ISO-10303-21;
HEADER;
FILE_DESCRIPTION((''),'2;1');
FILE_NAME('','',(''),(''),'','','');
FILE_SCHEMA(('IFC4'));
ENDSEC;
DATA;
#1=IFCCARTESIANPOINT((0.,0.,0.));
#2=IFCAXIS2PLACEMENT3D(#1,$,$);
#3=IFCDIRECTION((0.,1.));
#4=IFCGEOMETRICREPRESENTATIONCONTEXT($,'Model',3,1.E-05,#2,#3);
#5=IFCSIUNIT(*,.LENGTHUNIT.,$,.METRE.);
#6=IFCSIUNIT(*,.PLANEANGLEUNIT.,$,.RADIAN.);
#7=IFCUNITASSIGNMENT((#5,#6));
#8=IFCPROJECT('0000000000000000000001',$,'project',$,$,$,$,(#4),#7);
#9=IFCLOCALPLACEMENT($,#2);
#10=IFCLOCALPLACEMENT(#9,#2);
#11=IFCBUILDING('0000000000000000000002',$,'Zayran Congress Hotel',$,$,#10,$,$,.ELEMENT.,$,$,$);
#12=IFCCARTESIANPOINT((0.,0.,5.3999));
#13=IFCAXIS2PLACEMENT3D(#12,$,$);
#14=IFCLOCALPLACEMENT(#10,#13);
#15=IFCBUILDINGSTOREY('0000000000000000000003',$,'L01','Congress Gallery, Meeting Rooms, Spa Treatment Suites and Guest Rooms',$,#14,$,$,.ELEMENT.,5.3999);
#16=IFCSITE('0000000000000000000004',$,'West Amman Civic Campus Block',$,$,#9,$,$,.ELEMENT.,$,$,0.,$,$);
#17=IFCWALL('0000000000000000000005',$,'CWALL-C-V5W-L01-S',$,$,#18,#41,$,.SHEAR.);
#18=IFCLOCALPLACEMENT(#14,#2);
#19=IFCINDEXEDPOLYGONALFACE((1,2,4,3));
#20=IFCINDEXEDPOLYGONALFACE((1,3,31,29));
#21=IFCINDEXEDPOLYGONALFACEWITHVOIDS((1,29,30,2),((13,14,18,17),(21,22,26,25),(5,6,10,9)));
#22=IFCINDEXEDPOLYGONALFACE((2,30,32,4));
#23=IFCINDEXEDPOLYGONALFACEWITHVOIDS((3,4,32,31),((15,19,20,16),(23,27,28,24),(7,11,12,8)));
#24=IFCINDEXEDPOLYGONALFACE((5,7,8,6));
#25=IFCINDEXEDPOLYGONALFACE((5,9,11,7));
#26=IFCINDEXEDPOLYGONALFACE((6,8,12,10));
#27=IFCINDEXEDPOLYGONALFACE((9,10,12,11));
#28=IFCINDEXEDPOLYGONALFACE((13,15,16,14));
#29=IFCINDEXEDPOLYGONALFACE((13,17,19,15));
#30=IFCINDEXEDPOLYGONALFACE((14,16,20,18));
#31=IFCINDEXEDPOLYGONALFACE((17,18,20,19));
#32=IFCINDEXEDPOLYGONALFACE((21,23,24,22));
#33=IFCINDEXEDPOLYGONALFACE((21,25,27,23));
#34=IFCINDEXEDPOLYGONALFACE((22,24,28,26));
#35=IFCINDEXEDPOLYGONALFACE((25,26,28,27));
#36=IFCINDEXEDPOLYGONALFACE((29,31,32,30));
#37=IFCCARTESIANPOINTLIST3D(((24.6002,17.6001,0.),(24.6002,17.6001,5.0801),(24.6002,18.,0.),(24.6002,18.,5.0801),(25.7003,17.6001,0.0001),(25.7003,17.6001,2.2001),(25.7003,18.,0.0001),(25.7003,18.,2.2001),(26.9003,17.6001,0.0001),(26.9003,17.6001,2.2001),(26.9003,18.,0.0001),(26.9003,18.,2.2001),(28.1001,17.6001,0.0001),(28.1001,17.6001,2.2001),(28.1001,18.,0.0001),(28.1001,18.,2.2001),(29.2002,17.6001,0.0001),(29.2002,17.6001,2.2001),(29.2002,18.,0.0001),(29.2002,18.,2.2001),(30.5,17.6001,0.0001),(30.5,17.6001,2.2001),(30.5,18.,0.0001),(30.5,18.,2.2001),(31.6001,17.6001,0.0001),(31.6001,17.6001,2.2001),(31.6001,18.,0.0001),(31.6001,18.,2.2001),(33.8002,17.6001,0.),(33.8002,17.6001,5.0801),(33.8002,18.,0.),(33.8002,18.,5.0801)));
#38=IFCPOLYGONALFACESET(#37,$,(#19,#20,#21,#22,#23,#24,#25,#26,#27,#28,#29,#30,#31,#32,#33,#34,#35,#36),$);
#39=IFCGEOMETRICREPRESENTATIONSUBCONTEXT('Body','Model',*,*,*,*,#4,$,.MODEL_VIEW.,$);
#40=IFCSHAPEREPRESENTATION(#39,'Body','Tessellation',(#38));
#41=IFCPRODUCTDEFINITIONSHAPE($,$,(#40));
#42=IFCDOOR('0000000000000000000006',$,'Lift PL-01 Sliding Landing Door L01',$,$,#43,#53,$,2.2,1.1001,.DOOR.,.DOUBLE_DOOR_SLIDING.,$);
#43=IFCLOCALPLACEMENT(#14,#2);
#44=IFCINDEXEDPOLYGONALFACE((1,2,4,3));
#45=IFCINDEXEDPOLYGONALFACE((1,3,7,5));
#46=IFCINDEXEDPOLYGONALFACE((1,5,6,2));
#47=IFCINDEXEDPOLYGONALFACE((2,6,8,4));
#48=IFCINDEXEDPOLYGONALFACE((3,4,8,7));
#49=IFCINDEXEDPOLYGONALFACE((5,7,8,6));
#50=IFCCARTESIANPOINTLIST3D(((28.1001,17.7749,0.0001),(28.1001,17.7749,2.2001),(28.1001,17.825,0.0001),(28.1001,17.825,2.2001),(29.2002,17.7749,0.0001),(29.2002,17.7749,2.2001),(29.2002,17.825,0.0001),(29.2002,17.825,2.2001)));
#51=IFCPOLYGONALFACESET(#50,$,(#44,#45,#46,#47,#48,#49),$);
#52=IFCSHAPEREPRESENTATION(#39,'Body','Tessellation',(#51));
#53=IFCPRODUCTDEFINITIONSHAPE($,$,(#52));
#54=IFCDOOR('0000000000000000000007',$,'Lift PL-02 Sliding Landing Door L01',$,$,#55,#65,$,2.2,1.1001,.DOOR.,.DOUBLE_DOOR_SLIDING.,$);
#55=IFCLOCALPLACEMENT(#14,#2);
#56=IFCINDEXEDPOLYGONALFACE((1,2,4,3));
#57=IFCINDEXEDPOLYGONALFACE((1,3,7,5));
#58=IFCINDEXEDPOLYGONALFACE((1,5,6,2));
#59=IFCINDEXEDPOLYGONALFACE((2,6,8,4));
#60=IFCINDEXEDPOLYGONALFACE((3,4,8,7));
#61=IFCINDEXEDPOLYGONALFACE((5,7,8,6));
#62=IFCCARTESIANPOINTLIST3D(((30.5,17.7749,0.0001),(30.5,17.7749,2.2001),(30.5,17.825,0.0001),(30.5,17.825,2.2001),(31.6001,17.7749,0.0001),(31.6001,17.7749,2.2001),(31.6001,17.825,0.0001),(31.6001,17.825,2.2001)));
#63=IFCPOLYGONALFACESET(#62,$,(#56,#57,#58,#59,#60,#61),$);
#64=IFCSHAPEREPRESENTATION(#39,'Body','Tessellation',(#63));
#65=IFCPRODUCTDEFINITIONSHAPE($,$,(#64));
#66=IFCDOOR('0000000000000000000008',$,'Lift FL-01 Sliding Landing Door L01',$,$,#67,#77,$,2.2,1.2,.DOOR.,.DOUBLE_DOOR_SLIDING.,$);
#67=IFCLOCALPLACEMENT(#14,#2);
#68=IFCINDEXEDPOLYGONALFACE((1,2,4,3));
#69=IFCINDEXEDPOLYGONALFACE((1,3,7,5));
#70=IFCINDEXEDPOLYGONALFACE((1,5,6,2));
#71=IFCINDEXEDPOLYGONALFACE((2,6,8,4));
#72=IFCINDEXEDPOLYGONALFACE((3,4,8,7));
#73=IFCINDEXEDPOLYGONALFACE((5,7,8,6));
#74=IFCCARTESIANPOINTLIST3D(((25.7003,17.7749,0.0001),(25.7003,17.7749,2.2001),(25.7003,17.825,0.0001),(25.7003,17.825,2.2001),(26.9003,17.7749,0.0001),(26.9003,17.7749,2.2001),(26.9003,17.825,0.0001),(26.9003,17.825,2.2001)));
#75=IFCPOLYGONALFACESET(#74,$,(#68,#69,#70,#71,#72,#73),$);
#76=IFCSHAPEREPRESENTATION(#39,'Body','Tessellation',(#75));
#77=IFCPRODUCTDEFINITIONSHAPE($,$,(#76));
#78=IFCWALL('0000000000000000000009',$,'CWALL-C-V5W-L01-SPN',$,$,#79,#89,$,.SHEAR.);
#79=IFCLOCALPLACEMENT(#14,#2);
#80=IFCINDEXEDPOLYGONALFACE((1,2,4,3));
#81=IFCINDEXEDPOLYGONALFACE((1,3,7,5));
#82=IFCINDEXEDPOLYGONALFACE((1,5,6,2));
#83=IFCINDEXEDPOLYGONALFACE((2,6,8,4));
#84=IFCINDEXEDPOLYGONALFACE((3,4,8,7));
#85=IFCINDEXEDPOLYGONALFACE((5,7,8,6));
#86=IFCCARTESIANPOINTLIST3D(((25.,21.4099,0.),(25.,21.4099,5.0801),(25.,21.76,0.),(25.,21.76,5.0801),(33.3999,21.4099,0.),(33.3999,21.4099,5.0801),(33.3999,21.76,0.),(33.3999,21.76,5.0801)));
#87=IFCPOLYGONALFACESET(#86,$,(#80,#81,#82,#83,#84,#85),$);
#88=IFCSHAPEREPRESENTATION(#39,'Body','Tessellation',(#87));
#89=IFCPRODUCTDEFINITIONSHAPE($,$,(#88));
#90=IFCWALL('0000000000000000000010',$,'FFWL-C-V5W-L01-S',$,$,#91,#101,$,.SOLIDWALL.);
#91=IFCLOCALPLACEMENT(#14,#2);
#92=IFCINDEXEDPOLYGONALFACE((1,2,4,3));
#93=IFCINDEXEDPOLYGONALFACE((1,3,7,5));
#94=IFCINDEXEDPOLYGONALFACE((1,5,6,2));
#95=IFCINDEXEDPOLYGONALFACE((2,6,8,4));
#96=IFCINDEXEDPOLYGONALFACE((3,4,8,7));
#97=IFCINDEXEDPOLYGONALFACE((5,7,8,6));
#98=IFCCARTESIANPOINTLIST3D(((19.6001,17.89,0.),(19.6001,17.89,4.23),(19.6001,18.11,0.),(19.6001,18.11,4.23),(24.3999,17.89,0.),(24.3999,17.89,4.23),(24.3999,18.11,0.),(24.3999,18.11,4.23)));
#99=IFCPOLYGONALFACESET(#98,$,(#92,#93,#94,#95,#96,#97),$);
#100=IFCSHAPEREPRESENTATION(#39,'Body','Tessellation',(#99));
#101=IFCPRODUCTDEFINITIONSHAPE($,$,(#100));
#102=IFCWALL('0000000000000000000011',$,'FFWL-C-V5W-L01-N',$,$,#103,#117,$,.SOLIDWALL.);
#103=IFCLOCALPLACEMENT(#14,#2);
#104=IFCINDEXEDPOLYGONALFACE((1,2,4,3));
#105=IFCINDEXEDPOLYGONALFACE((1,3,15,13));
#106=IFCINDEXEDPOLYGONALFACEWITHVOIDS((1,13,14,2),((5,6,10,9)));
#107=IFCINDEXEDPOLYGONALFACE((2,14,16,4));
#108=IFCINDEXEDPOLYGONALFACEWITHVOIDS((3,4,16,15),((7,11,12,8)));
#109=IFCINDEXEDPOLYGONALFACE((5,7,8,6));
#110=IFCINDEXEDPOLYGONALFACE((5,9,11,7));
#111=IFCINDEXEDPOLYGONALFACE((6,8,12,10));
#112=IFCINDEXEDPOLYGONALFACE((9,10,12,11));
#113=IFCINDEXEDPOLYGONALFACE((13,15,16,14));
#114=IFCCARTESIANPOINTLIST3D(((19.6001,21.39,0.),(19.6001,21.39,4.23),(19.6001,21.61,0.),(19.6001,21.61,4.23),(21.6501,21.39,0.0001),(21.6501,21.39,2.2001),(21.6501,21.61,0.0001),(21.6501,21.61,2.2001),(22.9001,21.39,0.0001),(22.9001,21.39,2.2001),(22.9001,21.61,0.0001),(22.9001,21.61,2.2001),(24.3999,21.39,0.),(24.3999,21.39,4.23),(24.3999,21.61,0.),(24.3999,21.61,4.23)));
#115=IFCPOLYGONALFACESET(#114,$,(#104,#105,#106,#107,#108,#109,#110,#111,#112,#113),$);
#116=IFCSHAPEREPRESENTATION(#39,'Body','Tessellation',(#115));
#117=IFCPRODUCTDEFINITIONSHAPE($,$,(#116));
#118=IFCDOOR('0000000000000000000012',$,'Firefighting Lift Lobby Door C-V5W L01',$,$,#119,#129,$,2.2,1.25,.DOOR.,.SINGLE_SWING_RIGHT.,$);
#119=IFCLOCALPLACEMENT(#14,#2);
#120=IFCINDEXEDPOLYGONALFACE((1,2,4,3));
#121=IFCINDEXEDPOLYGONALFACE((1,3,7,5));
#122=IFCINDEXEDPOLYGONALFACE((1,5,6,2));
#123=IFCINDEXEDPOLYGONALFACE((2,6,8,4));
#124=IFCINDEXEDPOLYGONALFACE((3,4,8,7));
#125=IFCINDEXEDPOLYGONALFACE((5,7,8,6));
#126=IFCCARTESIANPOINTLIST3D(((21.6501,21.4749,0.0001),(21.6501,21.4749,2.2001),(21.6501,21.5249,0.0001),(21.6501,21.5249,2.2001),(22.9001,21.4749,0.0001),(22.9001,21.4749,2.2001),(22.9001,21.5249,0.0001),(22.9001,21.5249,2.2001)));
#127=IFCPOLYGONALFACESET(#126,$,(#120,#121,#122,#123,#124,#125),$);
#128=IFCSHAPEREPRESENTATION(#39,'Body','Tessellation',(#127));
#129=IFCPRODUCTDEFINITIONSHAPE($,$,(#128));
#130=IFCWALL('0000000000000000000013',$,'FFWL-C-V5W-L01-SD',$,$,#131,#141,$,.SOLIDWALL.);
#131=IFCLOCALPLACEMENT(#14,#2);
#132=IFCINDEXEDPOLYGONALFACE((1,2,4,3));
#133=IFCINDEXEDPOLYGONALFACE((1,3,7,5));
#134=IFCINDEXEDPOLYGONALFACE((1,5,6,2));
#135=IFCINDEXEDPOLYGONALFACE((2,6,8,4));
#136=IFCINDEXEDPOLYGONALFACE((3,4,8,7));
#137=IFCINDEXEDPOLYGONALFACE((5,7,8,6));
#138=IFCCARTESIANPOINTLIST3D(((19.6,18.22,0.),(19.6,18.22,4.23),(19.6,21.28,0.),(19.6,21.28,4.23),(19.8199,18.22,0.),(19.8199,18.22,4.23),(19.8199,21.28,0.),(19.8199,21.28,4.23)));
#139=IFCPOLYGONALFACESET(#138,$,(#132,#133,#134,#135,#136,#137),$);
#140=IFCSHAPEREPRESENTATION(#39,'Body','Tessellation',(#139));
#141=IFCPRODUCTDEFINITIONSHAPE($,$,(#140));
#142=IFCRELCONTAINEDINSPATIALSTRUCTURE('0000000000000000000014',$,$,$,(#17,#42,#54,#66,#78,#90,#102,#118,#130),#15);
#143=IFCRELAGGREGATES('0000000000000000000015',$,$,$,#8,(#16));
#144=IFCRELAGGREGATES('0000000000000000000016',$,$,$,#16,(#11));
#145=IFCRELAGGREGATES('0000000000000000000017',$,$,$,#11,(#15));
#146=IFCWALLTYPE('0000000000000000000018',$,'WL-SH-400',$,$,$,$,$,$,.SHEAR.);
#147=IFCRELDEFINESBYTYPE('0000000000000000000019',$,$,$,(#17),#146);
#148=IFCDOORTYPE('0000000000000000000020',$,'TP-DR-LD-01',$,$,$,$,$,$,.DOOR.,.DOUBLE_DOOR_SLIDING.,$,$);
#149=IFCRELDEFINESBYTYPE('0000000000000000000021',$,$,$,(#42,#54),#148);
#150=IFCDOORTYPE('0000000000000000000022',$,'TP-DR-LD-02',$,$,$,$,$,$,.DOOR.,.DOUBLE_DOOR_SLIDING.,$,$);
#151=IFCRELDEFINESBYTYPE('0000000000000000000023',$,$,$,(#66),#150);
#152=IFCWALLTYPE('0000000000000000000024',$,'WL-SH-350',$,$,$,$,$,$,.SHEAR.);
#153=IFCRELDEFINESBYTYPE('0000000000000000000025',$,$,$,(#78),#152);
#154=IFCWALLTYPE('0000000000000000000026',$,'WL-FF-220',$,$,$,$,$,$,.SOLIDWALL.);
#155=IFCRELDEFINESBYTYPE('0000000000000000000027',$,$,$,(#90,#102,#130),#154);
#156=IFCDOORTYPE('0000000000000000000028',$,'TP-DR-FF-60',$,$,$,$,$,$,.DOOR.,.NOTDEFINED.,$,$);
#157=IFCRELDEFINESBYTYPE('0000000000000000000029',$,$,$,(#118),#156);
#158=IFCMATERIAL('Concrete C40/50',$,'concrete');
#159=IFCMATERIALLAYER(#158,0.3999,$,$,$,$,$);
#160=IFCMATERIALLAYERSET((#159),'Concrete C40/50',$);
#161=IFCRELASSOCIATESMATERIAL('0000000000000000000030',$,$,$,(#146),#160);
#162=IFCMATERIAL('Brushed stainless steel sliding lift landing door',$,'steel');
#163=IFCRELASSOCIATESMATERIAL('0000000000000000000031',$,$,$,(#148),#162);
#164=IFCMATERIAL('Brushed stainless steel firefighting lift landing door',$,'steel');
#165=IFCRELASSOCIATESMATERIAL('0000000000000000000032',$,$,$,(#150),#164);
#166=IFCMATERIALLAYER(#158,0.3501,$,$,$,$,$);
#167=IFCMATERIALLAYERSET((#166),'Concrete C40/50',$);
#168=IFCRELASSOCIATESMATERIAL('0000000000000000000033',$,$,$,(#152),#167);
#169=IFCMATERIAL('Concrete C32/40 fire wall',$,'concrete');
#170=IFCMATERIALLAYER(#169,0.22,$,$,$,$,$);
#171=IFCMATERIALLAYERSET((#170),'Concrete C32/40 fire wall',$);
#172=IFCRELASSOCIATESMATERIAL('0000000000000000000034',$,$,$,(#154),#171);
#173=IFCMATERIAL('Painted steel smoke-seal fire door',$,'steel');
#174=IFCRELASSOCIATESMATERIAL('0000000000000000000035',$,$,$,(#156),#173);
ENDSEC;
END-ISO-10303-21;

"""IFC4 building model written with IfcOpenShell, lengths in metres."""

from ifc_helpers import new_model, si_unit, direction, frame, frame_2d, origin, place, context, subcontext, project, spatial, rectangle, extrude, material, layer, layer_set, type_object, element, fill, save


model = new_model("IFC4")

# Units and contexts
model_context = context("Model", 3, precision=1e-05, world=origin(), true_north=direction((0.0, 1.0)))
body_context = subcontext(model_context, "Body", "Model", "MODEL_VIEW")
ifc_project = project(units=[si_unit("LENGTHUNIT", "METRE"), si_unit("PLANEANGLEUNIT", "RADIAN")], contexts=[model_context])

# Site, building, storey
site_placement = place(None, origin())
site = spatial("IfcSite", under=ifc_project, at=site_placement, Name="West Amman Civic Campus Block", CompositionType="ELEMENT", RefElevation=0.0)
building_placement = place(site_placement, origin())
building = spatial("IfcBuilding", under=site, at=building_placement, Name="Zayran Congress Hotel", CompositionType="ELEMENT")
storey_placement = place(building_placement, frame((0.0, 0.0, 5.3999)))
storey = spatial("IfcBuildingStorey", under=building, at=storey_placement, Name="L01", Description="Congress Gallery, Meeting Rooms, Spa Treatment Suites and Guest Rooms", CompositionType="ELEMENT", Elevation=5.3999)

# Wall, openings, doors
ifc_material_1 = material(Name="Concrete C40/50", Category="concrete")
ifc_layer_1 = layer(ifc_material_1, 0.3999)
ifc_layer_set_1 = layer_set([ifc_layer_1], Name="Concrete C40/50")
wall_type_1 = type_object("IfcWallType", Name="WL-SH-400", PredefinedType="SHEAR", material=ifc_layer_set_1)
wall_1_placement = place(storey_placement, frame((24.6001, 17.8, 0.0), z_axis=(0.0, 0.0, 1.0), x_axis=(1.0, 0.0, 0.0)))
wall_1 = element("IfcWall", 1, at=wall_1_placement, inside=storey, type_object=wall_type_1, Name="CWALL-C-V5W-L01-S", PredefinedType="SHEAR", context=body_context, shape_type="SweptSolid", body=[
    extrude(rectangle(XDim=9.2, YDim=0.3999, at=frame_2d((4.6001, 0.0))), origin(), (0.0, 0.0, 1.0), 5.0801),
])
opening_1_placement = place(wall_1_placement, frame((1.1001, 0.0, 0.0)))
opening_1 = element("IfcOpeningElement", 2, at=opening_1_placement, cuts=wall_1, PredefinedType="OPENING", context=body_context, shape_type="SweptSolid", body=[
    extrude(rectangle(XDim=1.2, YDim=2.2, at=frame_2d((0.6001, 1.1001))), frame((0.0, 0.21, 0.0), z_axis=(0.0, -1.0, 0.0), x_axis=(1.0, 0.0, 0.0)), (0.0, 0.0, 1.0), 0.4199),
])
opening_2_placement = place(wall_1_placement, frame((3.5, 0.0, 0.0)))
opening_2 = element("IfcOpeningElement", 3, at=opening_2_placement, cuts=wall_1, PredefinedType="OPENING", context=body_context, shape_type="SweptSolid", body=[
    extrude(rectangle(XDim=1.1001, YDim=2.2, at=frame_2d((0.55, 1.1001))), frame((0.0, 0.21, 0.0), z_axis=(0.0, -1.0, 0.0), x_axis=(1.0, 0.0, 0.0)), (0.0, 0.0, 1.0), 0.4199),
])
opening_3_placement = place(wall_1_placement, frame((5.8999, 0.0, 0.0)))
opening_3 = element("IfcOpeningElement", 4, at=opening_3_placement, cuts=wall_1, PredefinedType="OPENING", context=body_context, shape_type="SweptSolid", body=[
    extrude(rectangle(XDim=1.1001, YDim=2.2, at=frame_2d((0.55, 1.1001))), frame((0.0, 0.21, 0.0), z_axis=(0.0, -1.0, 0.0), x_axis=(1.0, 0.0, 0.0)), (0.0, 0.0, 1.0), 0.4199),
])
ifc_material_2 = material(Name="Brushed stainless steel sliding lift landing door", Category="steel")
door_type_1 = type_object("IfcDoorType", Name="TP-DR-LD-01", OperationType="DOUBLE_DOOR_SLIDING", PredefinedType="DOOR", material=ifc_material_2)
door_1_placement = place(opening_2_placement, origin())
door_1 = element("IfcDoor", 5, at=door_1_placement, inside=storey, type_object=door_type_1, Name="Lift PL-01 Sliding Landing Door L01", OperationType="DOUBLE_DOOR_SLIDING", OverallHeight=2.2, OverallWidth=1.1001, PredefinedType="DOOR", context=body_context, shape_type="SweptSolid", body=[
    extrude(rectangle(XDim=1.1001, YDim=2.2, at=frame_2d((0.55, 1.1001))), frame((0.0, 0.0249, 0.0), z_axis=(0.0, -1.0, 0.0), x_axis=(1.0, 0.0, 0.0)), (0.0, 0.0, 1.0), 0.05),
])
fill(opening_2, door_1)
door_2_placement = place(opening_3_placement, origin())
door_2 = element("IfcDoor", 6, at=door_2_placement, inside=storey, type_object=door_type_1, Name="Lift PL-02 Sliding Landing Door L01", OperationType="DOUBLE_DOOR_SLIDING", OverallHeight=2.2, OverallWidth=1.1001, PredefinedType="DOOR", context=body_context, shape_type="SweptSolid", body=[
    extrude(rectangle(XDim=1.1001, YDim=2.2, at=frame_2d((0.55, 1.1001))), frame((0.0, 0.0249, 0.0), z_axis=(0.0, -1.0, 0.0), x_axis=(1.0, 0.0, 0.0)), (0.0, 0.0, 1.0), 0.05),
])
fill(opening_3, door_2)
ifc_material_3 = material(Name="Brushed stainless steel firefighting lift landing door", Category="steel")
door_type_2 = type_object("IfcDoorType", Name="TP-DR-LD-02", OperationType="DOUBLE_DOOR_SLIDING", PredefinedType="DOOR", material=ifc_material_3)
door_3_placement = place(opening_1_placement, origin())
door_3 = element("IfcDoor", 7, at=door_3_placement, inside=storey, type_object=door_type_2, Name="Lift FL-01 Sliding Landing Door L01", OperationType="DOUBLE_DOOR_SLIDING", OverallHeight=2.2, OverallWidth=1.2, PredefinedType="DOOR", context=body_context, shape_type="SweptSolid", body=[
    extrude(rectangle(XDim=1.2, YDim=2.2, at=frame_2d((0.6001, 1.1001))), frame((0.0, 0.0249, 0.0), z_axis=(0.0, -1.0, 0.0), x_axis=(1.0, 0.0, 0.0)), (0.0, 0.0, 1.0), 0.05),
])
fill(opening_1, door_3)

# Walls
ifc_layer_2 = layer(ifc_material_1, 0.3501)
ifc_layer_set_2 = layer_set([ifc_layer_2], Name="Concrete C40/50")
wall_type_2 = type_object("IfcWallType", Name="WL-SH-350", PredefinedType="SHEAR", material=ifc_layer_set_2)
wall_2_placement = place(storey_placement, frame((25.0, 21.585, 0.0), z_axis=(0.0, 0.0, 1.0), x_axis=(1.0, 0.0, 0.0)))
element("IfcWall", 8, at=wall_2_placement, inside=storey, type_object=wall_type_2, Name="CWALL-C-V5W-L01-SPN", PredefinedType="SHEAR", context=body_context, shape_type="SweptSolid", body=[
    extrude(rectangle(XDim=8.3999, YDim=0.3501, at=frame_2d((4.2, 0.0))), origin(), (0.0, 0.0, 1.0), 5.0801),
])
ifc_material_4 = material(Name="Concrete C32/40 fire wall", Category="concrete")
ifc_layer_3 = layer(ifc_material_4, 0.22)
ifc_layer_set_3 = layer_set([ifc_layer_3], Name="Concrete C32/40 fire wall")
wall_type_3 = type_object("IfcWallType", Name="WL-FF-220", PredefinedType="SOLIDWALL", material=ifc_layer_set_3)
wall_3_placement = place(storey_placement, frame((19.6001, 18.0, 0.0), z_axis=(0.0, 0.0, 1.0), x_axis=(1.0, 0.0, 0.0)))
element("IfcWall", 9, at=wall_3_placement, inside=storey, type_object=wall_type_3, Name="FFWL-C-V5W-L01-S", PredefinedType="SOLIDWALL", context=body_context, shape_type="SweptSolid", body=[
    extrude(rectangle(XDim=4.7998, YDim=0.22, at=frame_2d((2.3999, 0.0))), origin(), (0.0, 0.0, 1.0), 4.23),
])

# Wall, opening, door
wall_4_placement = place(storey_placement, frame((19.6001, 21.5, 0.0), z_axis=(0.0, 0.0, 1.0), x_axis=(1.0, 0.0, 0.0)))
wall_4 = element("IfcWall", 10, at=wall_4_placement, inside=storey, type_object=wall_type_3, Name="FFWL-C-V5W-L01-N", PredefinedType="SOLIDWALL", context=body_context, shape_type="SweptSolid", body=[
    extrude(rectangle(XDim=4.7998, YDim=0.22, at=frame_2d((2.3999, 0.0))), origin(), (0.0, 0.0, 1.0), 4.23),
])
opening_4_placement = place(wall_4_placement, frame((2.05, 0.0, 0.0)))
opening_4 = element("IfcOpeningElement", 11, at=opening_4_placement, cuts=wall_4, PredefinedType="OPENING", context=body_context, shape_type="SweptSolid", body=[
    extrude(rectangle(XDim=1.25, YDim=2.2, at=frame_2d((0.625, 1.1001))), frame((0.0, 0.1199, 0.0), z_axis=(0.0, -1.0, 0.0), x_axis=(1.0, 0.0, 0.0)), (0.0, 0.0, 1.0), 0.24),
])
ifc_material_5 = material(Name="Painted steel smoke-seal fire door", Category="steel")
door_type_3 = type_object("IfcDoorType", Name="TP-DR-FF-60", OperationType="NOTDEFINED", PredefinedType="DOOR", material=ifc_material_5)
door_4_placement = place(opening_4_placement, origin())
door_4 = element("IfcDoor", 12, at=door_4_placement, inside=storey, type_object=door_type_3, Name="Firefighting Lift Lobby Door C-V5W L01", OperationType="SINGLE_SWING_RIGHT", OverallHeight=2.2, OverallWidth=1.25, PredefinedType="DOOR", context=body_context, shape_type="SweptSolid", body=[
    extrude(rectangle(XDim=1.25, YDim=2.2, at=frame_2d((0.625, 1.1001))), frame((0.0, 0.0249, 0.0), z_axis=(0.0, -1.0, 0.0), x_axis=(1.0, 0.0, 0.0)), (0.0, 0.0, 1.0), 0.05),
])
fill(opening_4, door_4)

# Wall
wall_5_placement = place(storey_placement, frame((19.71, 18.22, 0.0), z_axis=(0.0, 0.0, 1.0), x_axis=(0.0, 1.0, 0.0)))
element("IfcWall", 13, at=wall_5_placement, inside=storey, type_object=wall_type_3, Name="FFWL-C-V5W-L01-SD", PredefinedType="SOLIDWALL", context=body_context, shape_type="SweptSolid", body=[
    extrude(rectangle(XDim=3.0601, YDim=0.22, at=frame_2d((1.53, 0.0))), origin(), (0.0, 0.0, 1.0), 4.23),
])

save(model, "model.ifc")
